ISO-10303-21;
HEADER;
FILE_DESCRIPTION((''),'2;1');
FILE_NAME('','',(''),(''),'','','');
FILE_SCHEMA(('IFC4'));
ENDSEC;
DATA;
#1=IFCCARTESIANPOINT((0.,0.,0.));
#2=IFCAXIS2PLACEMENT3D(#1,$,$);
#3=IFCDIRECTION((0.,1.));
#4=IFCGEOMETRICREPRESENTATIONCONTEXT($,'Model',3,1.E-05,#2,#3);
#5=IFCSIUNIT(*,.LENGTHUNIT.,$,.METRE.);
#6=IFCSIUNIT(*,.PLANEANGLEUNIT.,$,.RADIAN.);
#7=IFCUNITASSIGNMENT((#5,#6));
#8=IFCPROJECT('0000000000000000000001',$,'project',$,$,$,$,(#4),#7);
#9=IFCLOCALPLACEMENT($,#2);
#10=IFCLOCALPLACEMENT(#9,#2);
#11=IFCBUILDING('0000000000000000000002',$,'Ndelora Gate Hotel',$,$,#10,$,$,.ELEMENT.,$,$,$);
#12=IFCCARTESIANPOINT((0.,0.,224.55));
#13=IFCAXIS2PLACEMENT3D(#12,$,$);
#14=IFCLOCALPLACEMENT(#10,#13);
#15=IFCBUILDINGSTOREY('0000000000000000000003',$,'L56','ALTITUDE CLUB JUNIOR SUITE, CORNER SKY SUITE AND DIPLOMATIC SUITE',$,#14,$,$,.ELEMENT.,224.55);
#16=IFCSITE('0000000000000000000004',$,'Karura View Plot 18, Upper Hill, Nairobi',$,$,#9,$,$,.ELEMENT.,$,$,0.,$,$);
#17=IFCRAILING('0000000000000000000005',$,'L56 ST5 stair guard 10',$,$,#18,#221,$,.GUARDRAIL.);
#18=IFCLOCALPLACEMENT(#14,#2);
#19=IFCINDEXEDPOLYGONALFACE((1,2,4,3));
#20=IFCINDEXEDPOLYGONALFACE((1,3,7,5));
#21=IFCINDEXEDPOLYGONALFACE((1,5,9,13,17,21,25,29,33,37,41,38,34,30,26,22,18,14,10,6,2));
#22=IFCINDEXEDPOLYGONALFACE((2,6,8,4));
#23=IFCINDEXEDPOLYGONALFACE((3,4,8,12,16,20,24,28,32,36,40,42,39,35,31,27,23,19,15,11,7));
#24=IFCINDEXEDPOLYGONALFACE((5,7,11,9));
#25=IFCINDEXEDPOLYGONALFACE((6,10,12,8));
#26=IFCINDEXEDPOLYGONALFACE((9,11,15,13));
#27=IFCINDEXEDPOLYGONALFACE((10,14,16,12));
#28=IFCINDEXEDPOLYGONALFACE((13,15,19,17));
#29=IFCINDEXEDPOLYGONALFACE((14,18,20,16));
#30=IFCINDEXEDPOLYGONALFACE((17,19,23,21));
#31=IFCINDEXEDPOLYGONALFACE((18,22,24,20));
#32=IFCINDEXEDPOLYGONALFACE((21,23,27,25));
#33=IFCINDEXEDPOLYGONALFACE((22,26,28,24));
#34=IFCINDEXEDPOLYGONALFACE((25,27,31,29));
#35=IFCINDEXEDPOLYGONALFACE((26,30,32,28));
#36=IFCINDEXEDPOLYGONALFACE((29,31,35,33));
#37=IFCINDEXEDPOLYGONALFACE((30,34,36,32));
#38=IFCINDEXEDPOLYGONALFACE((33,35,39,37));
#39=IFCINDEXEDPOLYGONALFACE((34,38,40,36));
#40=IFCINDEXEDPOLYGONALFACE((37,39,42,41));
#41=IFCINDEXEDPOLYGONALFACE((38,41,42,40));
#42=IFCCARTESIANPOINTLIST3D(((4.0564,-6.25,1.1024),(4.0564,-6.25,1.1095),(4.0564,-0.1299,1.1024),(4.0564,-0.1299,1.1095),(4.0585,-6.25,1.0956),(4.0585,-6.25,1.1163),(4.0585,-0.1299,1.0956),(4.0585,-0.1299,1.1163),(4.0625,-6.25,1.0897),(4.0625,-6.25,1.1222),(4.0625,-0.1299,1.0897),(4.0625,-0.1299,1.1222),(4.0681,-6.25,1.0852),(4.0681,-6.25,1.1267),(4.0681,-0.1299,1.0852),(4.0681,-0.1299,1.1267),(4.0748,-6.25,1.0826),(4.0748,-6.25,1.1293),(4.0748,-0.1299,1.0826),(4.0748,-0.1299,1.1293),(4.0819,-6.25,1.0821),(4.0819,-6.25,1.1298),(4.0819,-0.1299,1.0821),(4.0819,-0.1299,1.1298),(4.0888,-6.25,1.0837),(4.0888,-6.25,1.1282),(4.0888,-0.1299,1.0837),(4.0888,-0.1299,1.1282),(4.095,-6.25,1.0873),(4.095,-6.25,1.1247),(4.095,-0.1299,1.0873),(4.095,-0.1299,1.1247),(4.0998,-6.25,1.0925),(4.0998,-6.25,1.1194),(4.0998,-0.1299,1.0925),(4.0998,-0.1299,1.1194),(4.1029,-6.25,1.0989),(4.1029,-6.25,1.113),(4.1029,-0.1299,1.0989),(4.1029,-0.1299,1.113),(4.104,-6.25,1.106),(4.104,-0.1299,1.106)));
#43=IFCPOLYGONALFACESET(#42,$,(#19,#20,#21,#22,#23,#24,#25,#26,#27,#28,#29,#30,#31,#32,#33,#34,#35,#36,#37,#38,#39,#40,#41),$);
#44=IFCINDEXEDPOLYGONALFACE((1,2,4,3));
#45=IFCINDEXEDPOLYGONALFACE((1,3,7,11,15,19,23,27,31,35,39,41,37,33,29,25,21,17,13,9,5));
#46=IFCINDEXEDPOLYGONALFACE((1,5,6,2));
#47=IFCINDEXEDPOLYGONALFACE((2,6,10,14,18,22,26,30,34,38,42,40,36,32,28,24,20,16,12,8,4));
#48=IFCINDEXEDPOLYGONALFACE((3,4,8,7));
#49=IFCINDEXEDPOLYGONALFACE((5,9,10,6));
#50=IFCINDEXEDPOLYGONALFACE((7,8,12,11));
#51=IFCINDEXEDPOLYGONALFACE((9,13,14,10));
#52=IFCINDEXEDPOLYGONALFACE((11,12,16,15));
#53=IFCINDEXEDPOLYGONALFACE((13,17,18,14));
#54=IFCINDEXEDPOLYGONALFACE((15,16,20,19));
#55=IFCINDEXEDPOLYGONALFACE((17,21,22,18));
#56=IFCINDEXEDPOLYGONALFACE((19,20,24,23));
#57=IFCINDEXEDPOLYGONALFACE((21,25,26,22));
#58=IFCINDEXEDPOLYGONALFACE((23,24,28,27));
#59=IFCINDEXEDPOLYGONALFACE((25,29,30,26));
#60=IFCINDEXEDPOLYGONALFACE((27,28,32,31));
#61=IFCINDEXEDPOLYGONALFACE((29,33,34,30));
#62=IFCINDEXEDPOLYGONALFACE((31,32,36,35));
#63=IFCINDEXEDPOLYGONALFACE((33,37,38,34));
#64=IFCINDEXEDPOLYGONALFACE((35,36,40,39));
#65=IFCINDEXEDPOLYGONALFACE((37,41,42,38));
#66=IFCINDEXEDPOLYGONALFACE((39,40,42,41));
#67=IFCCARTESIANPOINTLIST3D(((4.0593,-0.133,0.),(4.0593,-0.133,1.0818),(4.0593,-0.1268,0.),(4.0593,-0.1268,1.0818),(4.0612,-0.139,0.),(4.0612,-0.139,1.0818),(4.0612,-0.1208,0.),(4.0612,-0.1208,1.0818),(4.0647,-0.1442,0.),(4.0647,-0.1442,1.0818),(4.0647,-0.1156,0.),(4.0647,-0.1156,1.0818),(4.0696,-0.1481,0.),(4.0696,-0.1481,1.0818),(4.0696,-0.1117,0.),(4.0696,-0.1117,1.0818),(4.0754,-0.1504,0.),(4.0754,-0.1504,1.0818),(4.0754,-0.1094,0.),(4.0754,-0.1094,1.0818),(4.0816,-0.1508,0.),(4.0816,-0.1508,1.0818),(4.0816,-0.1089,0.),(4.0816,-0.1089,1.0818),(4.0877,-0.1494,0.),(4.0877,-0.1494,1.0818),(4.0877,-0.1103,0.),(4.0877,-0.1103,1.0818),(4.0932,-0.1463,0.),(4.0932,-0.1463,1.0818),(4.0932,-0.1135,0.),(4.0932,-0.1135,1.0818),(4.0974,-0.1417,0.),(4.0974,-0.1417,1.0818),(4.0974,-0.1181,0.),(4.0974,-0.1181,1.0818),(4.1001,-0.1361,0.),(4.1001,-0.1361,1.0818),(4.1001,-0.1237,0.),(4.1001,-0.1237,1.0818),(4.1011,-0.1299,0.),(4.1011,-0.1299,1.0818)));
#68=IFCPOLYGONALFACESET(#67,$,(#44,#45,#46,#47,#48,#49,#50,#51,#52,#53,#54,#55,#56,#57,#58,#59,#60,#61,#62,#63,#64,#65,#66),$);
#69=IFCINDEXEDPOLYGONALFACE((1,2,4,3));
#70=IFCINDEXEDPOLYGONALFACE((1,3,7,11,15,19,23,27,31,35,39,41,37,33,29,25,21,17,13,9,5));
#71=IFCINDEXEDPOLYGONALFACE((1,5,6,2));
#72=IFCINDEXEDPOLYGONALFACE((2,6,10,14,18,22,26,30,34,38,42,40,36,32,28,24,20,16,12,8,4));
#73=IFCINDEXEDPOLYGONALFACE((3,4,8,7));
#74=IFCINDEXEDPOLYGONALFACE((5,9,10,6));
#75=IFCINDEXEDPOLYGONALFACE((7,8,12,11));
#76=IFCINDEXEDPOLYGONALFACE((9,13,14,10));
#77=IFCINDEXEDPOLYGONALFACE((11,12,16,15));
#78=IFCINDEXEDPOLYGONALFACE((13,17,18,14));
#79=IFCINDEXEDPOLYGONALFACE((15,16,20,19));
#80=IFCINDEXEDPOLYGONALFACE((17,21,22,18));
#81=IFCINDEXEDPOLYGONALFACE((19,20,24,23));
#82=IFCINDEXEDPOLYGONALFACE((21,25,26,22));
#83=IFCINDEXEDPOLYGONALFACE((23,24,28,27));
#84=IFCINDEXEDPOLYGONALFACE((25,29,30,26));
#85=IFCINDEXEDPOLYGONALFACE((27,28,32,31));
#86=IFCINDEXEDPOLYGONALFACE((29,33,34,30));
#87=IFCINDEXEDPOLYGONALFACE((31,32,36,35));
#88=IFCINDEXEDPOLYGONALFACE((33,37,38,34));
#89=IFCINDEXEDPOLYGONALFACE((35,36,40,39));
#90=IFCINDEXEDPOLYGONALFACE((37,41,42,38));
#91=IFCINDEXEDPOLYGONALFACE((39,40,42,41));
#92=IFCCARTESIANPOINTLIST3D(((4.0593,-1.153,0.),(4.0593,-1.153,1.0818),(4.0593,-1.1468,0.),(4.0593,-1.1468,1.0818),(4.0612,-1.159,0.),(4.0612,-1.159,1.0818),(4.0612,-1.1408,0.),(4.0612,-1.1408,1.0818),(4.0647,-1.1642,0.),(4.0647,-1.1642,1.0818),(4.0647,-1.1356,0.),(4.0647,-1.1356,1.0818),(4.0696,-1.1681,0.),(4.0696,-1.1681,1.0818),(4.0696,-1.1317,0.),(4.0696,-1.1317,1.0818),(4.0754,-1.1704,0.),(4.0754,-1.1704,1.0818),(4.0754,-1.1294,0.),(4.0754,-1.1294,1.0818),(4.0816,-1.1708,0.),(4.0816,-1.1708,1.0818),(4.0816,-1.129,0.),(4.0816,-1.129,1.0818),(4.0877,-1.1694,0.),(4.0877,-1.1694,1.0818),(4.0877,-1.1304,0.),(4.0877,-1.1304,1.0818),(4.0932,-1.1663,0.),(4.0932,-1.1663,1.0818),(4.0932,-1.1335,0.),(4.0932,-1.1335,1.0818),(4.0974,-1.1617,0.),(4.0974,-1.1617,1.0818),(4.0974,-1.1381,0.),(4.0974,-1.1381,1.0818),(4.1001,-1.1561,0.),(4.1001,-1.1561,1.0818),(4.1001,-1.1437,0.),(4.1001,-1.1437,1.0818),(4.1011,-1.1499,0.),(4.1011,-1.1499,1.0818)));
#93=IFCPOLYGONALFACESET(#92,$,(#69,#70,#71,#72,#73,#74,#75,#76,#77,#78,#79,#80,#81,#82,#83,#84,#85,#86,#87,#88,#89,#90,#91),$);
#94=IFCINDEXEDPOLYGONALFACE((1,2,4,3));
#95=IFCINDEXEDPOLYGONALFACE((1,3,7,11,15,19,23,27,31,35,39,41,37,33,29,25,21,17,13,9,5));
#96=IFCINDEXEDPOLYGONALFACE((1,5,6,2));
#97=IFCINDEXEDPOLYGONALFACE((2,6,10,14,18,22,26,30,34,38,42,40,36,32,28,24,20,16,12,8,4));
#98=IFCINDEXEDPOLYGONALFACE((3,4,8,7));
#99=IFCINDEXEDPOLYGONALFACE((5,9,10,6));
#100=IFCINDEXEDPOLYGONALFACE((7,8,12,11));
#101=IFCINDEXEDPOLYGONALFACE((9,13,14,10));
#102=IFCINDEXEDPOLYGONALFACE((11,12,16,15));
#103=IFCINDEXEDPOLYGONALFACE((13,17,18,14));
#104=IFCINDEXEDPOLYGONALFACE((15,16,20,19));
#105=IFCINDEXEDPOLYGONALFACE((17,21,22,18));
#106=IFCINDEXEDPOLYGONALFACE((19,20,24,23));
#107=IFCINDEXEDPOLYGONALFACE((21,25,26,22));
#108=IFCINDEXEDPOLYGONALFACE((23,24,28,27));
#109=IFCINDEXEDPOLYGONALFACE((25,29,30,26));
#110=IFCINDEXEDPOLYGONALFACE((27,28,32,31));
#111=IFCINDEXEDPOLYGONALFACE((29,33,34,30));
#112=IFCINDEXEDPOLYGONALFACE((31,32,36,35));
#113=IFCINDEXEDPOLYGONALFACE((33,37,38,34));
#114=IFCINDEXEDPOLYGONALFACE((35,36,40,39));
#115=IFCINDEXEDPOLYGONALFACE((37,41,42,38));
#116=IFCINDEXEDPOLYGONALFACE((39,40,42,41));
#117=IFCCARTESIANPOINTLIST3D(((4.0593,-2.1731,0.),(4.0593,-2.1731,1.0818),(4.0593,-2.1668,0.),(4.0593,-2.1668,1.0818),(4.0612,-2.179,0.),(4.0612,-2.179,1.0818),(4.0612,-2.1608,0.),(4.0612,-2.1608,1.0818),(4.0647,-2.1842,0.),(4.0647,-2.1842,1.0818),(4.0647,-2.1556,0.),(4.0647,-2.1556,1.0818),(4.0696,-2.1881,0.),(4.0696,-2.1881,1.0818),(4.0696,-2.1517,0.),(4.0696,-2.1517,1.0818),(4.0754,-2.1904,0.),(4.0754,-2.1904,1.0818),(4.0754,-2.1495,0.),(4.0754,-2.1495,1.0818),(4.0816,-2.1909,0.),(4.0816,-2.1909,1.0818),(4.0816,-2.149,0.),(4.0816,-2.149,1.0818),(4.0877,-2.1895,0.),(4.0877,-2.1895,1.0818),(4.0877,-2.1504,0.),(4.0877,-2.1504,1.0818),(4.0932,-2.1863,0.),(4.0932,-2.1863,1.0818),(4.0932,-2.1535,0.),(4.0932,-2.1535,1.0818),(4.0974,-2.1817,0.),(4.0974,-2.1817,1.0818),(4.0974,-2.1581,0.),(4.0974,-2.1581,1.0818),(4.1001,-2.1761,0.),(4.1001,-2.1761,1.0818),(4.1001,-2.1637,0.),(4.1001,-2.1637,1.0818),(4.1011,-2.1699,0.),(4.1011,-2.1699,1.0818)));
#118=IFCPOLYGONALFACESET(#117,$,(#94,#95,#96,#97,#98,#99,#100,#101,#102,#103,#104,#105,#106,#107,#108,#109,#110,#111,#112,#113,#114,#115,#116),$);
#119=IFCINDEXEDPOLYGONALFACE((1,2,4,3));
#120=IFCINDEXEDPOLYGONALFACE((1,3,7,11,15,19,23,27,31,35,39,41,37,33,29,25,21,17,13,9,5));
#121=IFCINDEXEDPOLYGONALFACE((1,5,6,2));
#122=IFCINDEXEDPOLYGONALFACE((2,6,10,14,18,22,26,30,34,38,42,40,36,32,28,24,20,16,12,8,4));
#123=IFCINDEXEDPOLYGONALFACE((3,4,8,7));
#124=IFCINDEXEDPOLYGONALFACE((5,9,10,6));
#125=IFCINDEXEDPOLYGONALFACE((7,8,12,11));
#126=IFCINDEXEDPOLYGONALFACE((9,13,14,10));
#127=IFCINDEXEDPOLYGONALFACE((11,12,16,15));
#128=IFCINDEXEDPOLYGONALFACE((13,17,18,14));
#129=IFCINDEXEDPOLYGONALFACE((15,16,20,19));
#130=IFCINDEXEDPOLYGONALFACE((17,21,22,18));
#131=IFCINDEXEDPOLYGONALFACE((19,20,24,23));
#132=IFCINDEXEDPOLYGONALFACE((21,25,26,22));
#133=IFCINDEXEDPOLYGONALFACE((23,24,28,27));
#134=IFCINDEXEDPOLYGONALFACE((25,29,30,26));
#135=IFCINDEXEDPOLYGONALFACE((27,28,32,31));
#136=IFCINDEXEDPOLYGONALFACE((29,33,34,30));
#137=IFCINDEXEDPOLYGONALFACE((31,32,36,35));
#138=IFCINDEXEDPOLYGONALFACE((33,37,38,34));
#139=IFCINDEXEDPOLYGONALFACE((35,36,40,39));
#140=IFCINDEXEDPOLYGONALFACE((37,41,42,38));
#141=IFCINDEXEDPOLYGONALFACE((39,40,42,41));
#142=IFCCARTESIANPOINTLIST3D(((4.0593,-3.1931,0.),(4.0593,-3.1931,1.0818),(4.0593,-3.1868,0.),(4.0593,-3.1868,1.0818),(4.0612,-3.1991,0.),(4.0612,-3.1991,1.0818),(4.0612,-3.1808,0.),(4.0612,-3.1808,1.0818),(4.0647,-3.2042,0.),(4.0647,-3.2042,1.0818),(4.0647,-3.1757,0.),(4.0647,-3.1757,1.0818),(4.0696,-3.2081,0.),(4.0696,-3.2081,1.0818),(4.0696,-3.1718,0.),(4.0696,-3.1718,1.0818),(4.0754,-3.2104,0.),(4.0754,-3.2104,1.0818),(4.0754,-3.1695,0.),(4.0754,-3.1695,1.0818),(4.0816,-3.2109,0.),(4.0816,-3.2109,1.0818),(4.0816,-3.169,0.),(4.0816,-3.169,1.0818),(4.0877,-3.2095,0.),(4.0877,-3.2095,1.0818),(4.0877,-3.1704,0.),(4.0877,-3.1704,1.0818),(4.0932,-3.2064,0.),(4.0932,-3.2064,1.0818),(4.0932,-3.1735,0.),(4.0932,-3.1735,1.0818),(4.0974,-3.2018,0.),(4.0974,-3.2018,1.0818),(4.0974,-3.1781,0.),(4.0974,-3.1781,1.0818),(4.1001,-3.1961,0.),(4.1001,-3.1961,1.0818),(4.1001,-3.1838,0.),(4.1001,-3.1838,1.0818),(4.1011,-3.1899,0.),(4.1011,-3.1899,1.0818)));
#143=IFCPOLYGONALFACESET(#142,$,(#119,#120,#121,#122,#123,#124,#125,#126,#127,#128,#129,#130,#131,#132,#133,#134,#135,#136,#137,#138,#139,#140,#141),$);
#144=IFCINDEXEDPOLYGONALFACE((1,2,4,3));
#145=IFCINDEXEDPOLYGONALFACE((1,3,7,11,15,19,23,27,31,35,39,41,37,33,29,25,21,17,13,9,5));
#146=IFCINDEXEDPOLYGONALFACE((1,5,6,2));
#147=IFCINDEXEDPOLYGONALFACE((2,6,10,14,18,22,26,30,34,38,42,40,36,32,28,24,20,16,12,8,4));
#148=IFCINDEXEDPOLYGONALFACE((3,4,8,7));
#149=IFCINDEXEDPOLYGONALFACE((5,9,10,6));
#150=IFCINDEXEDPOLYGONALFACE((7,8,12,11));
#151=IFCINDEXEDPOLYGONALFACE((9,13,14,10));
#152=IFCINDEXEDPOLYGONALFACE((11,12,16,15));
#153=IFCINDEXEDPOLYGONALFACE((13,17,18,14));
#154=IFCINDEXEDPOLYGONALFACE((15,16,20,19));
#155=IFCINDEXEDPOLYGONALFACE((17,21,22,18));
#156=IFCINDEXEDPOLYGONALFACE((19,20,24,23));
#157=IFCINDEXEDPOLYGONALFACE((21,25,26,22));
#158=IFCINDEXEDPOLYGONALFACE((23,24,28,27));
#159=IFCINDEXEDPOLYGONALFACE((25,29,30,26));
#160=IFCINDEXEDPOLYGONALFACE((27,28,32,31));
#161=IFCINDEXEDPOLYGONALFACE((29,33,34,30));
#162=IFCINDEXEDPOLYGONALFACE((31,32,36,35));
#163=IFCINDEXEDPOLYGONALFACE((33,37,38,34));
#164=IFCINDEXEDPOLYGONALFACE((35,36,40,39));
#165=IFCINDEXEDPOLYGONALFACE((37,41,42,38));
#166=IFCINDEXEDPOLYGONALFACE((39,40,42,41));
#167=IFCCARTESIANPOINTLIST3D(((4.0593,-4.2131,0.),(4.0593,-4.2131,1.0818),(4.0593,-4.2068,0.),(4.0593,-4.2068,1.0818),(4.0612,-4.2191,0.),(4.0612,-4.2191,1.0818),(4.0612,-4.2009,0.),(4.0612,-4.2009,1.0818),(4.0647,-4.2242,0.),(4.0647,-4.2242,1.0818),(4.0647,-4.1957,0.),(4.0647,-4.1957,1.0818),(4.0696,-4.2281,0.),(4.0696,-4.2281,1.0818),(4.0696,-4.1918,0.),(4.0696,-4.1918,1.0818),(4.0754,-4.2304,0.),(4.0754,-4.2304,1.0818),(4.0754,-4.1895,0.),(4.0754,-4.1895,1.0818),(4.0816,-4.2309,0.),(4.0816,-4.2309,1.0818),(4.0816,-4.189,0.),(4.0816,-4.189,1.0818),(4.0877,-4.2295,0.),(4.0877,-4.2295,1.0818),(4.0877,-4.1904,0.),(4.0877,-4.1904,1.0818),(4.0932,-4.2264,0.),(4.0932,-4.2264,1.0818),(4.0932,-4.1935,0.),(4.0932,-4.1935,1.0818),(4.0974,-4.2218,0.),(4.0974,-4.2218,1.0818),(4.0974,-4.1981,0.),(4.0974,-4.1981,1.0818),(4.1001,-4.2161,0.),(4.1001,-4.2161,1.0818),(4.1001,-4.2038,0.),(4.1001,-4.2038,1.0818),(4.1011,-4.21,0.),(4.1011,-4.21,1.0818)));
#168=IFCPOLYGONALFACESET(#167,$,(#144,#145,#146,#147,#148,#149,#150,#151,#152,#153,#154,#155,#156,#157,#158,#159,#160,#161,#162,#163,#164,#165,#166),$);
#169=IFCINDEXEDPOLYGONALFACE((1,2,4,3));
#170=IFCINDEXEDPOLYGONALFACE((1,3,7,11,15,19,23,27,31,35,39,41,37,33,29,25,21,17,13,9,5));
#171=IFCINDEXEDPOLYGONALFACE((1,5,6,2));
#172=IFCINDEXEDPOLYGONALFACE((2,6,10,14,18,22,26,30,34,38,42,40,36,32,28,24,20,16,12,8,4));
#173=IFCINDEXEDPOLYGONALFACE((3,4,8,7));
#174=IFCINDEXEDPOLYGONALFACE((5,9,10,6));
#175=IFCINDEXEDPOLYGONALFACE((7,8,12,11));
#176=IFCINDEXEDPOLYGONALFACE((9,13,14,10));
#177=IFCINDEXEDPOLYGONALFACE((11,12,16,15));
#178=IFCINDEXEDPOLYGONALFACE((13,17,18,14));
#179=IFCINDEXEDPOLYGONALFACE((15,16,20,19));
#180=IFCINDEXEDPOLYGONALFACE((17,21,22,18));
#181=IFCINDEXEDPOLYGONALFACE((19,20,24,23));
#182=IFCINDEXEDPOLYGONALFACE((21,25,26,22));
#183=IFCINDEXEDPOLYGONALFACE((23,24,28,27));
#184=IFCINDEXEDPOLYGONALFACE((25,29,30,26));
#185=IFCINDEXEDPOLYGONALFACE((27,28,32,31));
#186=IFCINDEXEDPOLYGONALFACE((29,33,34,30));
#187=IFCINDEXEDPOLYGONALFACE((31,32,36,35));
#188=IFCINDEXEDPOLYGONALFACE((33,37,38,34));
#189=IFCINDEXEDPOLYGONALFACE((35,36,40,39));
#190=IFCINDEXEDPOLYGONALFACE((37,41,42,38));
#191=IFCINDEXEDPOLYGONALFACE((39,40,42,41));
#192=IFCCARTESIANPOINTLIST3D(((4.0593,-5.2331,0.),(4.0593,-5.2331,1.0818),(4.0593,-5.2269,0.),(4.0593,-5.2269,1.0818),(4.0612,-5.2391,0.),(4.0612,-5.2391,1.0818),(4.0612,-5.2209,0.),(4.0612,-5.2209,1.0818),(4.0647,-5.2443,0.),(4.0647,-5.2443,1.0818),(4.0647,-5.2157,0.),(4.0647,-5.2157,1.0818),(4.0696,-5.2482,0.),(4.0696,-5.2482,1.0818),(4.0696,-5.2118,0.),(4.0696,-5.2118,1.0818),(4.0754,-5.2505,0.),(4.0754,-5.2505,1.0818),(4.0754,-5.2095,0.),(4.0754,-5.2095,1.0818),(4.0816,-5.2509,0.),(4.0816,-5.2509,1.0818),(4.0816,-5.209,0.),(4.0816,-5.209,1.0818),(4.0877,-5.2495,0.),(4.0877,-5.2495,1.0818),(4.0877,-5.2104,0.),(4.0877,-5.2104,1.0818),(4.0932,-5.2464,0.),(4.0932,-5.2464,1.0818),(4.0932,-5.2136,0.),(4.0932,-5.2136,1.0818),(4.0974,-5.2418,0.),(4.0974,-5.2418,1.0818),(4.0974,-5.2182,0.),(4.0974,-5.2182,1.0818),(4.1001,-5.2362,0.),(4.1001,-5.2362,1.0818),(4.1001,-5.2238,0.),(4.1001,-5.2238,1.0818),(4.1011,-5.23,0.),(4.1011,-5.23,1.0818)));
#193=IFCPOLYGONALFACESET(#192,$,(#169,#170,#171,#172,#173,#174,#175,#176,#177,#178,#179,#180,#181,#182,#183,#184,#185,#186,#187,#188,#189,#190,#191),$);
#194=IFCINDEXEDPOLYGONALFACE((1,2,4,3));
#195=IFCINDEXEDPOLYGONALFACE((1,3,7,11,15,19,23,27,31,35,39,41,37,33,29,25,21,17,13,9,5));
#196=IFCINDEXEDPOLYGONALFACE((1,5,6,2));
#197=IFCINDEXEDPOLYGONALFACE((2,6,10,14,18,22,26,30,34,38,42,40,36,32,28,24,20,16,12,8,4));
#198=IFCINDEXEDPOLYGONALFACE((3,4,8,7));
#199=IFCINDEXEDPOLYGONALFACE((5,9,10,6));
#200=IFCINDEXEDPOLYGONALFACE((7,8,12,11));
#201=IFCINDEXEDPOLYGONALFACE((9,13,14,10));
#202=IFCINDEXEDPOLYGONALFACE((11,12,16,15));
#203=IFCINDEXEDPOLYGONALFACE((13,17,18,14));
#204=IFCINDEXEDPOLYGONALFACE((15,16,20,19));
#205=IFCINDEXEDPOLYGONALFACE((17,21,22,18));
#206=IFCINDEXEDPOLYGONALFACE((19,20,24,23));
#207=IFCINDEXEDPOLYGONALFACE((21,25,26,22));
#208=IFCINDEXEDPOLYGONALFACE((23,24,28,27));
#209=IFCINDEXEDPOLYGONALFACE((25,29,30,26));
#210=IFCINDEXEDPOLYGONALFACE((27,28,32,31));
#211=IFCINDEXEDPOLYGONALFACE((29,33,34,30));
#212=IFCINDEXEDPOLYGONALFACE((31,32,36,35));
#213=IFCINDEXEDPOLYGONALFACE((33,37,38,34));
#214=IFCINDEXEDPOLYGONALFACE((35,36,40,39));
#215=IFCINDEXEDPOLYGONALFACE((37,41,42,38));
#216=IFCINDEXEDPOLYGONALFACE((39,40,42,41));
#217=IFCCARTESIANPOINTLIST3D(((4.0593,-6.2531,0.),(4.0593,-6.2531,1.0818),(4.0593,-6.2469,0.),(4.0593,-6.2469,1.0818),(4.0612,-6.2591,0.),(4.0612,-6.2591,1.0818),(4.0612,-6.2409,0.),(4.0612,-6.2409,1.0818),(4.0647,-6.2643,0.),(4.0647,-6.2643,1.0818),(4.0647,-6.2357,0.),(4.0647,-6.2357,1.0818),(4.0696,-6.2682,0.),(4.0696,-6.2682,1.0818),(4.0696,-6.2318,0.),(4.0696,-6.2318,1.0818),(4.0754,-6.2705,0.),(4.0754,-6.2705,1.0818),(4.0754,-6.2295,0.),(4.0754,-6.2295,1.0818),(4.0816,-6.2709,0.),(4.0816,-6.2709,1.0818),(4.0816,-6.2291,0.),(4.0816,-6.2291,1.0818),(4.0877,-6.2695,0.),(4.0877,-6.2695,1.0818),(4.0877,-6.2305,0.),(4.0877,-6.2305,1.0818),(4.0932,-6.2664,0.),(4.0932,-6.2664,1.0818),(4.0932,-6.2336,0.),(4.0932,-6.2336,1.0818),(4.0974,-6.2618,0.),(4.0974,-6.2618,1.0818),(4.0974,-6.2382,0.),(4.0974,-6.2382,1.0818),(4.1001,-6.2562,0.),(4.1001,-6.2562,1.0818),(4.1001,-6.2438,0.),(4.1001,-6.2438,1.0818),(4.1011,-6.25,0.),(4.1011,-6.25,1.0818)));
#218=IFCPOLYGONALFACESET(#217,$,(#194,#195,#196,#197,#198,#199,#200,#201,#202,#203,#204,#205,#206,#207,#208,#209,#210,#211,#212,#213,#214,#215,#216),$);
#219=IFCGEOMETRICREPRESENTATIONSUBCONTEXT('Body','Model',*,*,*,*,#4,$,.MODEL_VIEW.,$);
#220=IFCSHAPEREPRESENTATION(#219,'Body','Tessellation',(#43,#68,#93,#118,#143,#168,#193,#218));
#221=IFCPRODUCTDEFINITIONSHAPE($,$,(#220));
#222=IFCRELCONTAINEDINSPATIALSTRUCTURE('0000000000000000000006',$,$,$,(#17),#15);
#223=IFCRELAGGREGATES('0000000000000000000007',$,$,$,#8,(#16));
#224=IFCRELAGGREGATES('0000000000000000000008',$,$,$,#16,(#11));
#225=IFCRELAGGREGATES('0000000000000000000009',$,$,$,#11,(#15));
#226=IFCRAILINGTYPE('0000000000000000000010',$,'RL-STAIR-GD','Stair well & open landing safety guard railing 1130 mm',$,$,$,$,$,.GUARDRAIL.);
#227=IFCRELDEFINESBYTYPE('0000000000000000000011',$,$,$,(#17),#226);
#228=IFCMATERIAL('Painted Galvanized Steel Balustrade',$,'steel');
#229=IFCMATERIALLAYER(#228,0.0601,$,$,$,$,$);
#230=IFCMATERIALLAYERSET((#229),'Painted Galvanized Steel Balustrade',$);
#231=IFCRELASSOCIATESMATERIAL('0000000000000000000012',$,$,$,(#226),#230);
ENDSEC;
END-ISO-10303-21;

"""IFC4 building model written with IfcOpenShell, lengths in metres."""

from ifc_helpers import new_model, si_unit, direction, frame, origin, origin_2d, place, context, subcontext, project, spatial, circle, extrude, material, layer, layer_set, type_object, element, save


model = new_model("IFC4")

# Units and contexts
model_context = context("Model", 3, precision=1e-05, world=origin(), true_north=direction((0.0, 1.0)))
body_context = subcontext(model_context, "Body", "Model", "MODEL_VIEW")
ifc_project = project(units=[si_unit("LENGTHUNIT", "METRE"), si_unit("PLANEANGLEUNIT", "RADIAN")], contexts=[model_context])

# Site, building, storey
site_placement = place(None, origin())
site = spatial("IfcSite", under=ifc_project, at=site_placement, Name="Karura View Plot 18, Upper Hill, Nairobi", CompositionType="ELEMENT", RefElevation=0.0)
building_placement = place(site_placement, origin())
building = spatial("IfcBuilding", under=site, at=building_placement, Name="Ndelora Gate Hotel", CompositionType="ELEMENT")
storey_placement = place(building_placement, frame((0.0, 0.0, 224.55)))
storey = spatial("IfcBuildingStorey", under=building, at=storey_placement, Name="L56", Description="ALTITUDE CLUB JUNIOR SUITE, CORNER SKY SUITE AND DIPLOMATIC SUITE", CompositionType="ELEMENT", Elevation=224.55)

# Railing
ifc_material_1 = material(Name="Painted Galvanized Steel Balustrade", Category="steel")
ifc_layer_1 = layer(ifc_material_1, 0.0601)
ifc_layer_set_1 = layer_set([ifc_layer_1], Name="Painted Galvanized Steel Balustrade")
railing_type_1 = type_object("IfcRailingType", Name="RL-STAIR-GD", Description="Stair well & open landing safety guard railing 1130 mm", PredefinedType="GUARDRAIL", material=ifc_layer_set_1)
railing_1_placement = place(storey_placement, frame((4.0801, -0.1299, 0.0)))
element("IfcRailing", 1, at=railing_1_placement, inside=storey, type_object=railing_type_1, Name="L56 ST5 stair guard 10", PredefinedType="GUARDRAIL", context=body_context, shape_type="SweptSolid", body=[
    extrude(circle(Radius=0.0239, at=origin_2d()), frame((0.0, 0.0, 1.106), z_axis=(0.0, -1.0, 0.0), x_axis=(1.0, 0.0, 0.0)), (0.0, 0.0, 1.0), 6.1201),
    extrude(circle(Radius=0.021, at=origin_2d()), origin(), (0.0, 0.0, 1.0), 1.0818),
    extrude(circle(Radius=0.021, at=origin_2d()), frame((0.0, -1.02, 0.0)), (0.0, 0.0, 1.0), 1.0818),
    extrude(circle(Radius=0.021, at=origin_2d()), frame((0.0, -2.04, 0.0)), (0.0, 0.0, 1.0), 1.0818),
    extrude(circle(Radius=0.021, at=origin_2d()), frame((0.0, -3.0601, 0.0)), (0.0, 0.0, 1.0), 1.0818),
    extrude(circle(Radius=0.021, at=origin_2d()), frame((0.0, -4.0801, 0.0)), (0.0, 0.0, 1.0), 1.0818),
    extrude(circle(Radius=0.021, at=origin_2d()), frame((0.0, -5.1001, 0.0)), (0.0, 0.0, 1.0), 1.0818),
    extrude(circle(Radius=0.021, at=origin_2d()), frame((0.0, -6.1201, 0.0)), (0.0, 0.0, 1.0), 1.0818),
])

save(model, "model.ifc")
